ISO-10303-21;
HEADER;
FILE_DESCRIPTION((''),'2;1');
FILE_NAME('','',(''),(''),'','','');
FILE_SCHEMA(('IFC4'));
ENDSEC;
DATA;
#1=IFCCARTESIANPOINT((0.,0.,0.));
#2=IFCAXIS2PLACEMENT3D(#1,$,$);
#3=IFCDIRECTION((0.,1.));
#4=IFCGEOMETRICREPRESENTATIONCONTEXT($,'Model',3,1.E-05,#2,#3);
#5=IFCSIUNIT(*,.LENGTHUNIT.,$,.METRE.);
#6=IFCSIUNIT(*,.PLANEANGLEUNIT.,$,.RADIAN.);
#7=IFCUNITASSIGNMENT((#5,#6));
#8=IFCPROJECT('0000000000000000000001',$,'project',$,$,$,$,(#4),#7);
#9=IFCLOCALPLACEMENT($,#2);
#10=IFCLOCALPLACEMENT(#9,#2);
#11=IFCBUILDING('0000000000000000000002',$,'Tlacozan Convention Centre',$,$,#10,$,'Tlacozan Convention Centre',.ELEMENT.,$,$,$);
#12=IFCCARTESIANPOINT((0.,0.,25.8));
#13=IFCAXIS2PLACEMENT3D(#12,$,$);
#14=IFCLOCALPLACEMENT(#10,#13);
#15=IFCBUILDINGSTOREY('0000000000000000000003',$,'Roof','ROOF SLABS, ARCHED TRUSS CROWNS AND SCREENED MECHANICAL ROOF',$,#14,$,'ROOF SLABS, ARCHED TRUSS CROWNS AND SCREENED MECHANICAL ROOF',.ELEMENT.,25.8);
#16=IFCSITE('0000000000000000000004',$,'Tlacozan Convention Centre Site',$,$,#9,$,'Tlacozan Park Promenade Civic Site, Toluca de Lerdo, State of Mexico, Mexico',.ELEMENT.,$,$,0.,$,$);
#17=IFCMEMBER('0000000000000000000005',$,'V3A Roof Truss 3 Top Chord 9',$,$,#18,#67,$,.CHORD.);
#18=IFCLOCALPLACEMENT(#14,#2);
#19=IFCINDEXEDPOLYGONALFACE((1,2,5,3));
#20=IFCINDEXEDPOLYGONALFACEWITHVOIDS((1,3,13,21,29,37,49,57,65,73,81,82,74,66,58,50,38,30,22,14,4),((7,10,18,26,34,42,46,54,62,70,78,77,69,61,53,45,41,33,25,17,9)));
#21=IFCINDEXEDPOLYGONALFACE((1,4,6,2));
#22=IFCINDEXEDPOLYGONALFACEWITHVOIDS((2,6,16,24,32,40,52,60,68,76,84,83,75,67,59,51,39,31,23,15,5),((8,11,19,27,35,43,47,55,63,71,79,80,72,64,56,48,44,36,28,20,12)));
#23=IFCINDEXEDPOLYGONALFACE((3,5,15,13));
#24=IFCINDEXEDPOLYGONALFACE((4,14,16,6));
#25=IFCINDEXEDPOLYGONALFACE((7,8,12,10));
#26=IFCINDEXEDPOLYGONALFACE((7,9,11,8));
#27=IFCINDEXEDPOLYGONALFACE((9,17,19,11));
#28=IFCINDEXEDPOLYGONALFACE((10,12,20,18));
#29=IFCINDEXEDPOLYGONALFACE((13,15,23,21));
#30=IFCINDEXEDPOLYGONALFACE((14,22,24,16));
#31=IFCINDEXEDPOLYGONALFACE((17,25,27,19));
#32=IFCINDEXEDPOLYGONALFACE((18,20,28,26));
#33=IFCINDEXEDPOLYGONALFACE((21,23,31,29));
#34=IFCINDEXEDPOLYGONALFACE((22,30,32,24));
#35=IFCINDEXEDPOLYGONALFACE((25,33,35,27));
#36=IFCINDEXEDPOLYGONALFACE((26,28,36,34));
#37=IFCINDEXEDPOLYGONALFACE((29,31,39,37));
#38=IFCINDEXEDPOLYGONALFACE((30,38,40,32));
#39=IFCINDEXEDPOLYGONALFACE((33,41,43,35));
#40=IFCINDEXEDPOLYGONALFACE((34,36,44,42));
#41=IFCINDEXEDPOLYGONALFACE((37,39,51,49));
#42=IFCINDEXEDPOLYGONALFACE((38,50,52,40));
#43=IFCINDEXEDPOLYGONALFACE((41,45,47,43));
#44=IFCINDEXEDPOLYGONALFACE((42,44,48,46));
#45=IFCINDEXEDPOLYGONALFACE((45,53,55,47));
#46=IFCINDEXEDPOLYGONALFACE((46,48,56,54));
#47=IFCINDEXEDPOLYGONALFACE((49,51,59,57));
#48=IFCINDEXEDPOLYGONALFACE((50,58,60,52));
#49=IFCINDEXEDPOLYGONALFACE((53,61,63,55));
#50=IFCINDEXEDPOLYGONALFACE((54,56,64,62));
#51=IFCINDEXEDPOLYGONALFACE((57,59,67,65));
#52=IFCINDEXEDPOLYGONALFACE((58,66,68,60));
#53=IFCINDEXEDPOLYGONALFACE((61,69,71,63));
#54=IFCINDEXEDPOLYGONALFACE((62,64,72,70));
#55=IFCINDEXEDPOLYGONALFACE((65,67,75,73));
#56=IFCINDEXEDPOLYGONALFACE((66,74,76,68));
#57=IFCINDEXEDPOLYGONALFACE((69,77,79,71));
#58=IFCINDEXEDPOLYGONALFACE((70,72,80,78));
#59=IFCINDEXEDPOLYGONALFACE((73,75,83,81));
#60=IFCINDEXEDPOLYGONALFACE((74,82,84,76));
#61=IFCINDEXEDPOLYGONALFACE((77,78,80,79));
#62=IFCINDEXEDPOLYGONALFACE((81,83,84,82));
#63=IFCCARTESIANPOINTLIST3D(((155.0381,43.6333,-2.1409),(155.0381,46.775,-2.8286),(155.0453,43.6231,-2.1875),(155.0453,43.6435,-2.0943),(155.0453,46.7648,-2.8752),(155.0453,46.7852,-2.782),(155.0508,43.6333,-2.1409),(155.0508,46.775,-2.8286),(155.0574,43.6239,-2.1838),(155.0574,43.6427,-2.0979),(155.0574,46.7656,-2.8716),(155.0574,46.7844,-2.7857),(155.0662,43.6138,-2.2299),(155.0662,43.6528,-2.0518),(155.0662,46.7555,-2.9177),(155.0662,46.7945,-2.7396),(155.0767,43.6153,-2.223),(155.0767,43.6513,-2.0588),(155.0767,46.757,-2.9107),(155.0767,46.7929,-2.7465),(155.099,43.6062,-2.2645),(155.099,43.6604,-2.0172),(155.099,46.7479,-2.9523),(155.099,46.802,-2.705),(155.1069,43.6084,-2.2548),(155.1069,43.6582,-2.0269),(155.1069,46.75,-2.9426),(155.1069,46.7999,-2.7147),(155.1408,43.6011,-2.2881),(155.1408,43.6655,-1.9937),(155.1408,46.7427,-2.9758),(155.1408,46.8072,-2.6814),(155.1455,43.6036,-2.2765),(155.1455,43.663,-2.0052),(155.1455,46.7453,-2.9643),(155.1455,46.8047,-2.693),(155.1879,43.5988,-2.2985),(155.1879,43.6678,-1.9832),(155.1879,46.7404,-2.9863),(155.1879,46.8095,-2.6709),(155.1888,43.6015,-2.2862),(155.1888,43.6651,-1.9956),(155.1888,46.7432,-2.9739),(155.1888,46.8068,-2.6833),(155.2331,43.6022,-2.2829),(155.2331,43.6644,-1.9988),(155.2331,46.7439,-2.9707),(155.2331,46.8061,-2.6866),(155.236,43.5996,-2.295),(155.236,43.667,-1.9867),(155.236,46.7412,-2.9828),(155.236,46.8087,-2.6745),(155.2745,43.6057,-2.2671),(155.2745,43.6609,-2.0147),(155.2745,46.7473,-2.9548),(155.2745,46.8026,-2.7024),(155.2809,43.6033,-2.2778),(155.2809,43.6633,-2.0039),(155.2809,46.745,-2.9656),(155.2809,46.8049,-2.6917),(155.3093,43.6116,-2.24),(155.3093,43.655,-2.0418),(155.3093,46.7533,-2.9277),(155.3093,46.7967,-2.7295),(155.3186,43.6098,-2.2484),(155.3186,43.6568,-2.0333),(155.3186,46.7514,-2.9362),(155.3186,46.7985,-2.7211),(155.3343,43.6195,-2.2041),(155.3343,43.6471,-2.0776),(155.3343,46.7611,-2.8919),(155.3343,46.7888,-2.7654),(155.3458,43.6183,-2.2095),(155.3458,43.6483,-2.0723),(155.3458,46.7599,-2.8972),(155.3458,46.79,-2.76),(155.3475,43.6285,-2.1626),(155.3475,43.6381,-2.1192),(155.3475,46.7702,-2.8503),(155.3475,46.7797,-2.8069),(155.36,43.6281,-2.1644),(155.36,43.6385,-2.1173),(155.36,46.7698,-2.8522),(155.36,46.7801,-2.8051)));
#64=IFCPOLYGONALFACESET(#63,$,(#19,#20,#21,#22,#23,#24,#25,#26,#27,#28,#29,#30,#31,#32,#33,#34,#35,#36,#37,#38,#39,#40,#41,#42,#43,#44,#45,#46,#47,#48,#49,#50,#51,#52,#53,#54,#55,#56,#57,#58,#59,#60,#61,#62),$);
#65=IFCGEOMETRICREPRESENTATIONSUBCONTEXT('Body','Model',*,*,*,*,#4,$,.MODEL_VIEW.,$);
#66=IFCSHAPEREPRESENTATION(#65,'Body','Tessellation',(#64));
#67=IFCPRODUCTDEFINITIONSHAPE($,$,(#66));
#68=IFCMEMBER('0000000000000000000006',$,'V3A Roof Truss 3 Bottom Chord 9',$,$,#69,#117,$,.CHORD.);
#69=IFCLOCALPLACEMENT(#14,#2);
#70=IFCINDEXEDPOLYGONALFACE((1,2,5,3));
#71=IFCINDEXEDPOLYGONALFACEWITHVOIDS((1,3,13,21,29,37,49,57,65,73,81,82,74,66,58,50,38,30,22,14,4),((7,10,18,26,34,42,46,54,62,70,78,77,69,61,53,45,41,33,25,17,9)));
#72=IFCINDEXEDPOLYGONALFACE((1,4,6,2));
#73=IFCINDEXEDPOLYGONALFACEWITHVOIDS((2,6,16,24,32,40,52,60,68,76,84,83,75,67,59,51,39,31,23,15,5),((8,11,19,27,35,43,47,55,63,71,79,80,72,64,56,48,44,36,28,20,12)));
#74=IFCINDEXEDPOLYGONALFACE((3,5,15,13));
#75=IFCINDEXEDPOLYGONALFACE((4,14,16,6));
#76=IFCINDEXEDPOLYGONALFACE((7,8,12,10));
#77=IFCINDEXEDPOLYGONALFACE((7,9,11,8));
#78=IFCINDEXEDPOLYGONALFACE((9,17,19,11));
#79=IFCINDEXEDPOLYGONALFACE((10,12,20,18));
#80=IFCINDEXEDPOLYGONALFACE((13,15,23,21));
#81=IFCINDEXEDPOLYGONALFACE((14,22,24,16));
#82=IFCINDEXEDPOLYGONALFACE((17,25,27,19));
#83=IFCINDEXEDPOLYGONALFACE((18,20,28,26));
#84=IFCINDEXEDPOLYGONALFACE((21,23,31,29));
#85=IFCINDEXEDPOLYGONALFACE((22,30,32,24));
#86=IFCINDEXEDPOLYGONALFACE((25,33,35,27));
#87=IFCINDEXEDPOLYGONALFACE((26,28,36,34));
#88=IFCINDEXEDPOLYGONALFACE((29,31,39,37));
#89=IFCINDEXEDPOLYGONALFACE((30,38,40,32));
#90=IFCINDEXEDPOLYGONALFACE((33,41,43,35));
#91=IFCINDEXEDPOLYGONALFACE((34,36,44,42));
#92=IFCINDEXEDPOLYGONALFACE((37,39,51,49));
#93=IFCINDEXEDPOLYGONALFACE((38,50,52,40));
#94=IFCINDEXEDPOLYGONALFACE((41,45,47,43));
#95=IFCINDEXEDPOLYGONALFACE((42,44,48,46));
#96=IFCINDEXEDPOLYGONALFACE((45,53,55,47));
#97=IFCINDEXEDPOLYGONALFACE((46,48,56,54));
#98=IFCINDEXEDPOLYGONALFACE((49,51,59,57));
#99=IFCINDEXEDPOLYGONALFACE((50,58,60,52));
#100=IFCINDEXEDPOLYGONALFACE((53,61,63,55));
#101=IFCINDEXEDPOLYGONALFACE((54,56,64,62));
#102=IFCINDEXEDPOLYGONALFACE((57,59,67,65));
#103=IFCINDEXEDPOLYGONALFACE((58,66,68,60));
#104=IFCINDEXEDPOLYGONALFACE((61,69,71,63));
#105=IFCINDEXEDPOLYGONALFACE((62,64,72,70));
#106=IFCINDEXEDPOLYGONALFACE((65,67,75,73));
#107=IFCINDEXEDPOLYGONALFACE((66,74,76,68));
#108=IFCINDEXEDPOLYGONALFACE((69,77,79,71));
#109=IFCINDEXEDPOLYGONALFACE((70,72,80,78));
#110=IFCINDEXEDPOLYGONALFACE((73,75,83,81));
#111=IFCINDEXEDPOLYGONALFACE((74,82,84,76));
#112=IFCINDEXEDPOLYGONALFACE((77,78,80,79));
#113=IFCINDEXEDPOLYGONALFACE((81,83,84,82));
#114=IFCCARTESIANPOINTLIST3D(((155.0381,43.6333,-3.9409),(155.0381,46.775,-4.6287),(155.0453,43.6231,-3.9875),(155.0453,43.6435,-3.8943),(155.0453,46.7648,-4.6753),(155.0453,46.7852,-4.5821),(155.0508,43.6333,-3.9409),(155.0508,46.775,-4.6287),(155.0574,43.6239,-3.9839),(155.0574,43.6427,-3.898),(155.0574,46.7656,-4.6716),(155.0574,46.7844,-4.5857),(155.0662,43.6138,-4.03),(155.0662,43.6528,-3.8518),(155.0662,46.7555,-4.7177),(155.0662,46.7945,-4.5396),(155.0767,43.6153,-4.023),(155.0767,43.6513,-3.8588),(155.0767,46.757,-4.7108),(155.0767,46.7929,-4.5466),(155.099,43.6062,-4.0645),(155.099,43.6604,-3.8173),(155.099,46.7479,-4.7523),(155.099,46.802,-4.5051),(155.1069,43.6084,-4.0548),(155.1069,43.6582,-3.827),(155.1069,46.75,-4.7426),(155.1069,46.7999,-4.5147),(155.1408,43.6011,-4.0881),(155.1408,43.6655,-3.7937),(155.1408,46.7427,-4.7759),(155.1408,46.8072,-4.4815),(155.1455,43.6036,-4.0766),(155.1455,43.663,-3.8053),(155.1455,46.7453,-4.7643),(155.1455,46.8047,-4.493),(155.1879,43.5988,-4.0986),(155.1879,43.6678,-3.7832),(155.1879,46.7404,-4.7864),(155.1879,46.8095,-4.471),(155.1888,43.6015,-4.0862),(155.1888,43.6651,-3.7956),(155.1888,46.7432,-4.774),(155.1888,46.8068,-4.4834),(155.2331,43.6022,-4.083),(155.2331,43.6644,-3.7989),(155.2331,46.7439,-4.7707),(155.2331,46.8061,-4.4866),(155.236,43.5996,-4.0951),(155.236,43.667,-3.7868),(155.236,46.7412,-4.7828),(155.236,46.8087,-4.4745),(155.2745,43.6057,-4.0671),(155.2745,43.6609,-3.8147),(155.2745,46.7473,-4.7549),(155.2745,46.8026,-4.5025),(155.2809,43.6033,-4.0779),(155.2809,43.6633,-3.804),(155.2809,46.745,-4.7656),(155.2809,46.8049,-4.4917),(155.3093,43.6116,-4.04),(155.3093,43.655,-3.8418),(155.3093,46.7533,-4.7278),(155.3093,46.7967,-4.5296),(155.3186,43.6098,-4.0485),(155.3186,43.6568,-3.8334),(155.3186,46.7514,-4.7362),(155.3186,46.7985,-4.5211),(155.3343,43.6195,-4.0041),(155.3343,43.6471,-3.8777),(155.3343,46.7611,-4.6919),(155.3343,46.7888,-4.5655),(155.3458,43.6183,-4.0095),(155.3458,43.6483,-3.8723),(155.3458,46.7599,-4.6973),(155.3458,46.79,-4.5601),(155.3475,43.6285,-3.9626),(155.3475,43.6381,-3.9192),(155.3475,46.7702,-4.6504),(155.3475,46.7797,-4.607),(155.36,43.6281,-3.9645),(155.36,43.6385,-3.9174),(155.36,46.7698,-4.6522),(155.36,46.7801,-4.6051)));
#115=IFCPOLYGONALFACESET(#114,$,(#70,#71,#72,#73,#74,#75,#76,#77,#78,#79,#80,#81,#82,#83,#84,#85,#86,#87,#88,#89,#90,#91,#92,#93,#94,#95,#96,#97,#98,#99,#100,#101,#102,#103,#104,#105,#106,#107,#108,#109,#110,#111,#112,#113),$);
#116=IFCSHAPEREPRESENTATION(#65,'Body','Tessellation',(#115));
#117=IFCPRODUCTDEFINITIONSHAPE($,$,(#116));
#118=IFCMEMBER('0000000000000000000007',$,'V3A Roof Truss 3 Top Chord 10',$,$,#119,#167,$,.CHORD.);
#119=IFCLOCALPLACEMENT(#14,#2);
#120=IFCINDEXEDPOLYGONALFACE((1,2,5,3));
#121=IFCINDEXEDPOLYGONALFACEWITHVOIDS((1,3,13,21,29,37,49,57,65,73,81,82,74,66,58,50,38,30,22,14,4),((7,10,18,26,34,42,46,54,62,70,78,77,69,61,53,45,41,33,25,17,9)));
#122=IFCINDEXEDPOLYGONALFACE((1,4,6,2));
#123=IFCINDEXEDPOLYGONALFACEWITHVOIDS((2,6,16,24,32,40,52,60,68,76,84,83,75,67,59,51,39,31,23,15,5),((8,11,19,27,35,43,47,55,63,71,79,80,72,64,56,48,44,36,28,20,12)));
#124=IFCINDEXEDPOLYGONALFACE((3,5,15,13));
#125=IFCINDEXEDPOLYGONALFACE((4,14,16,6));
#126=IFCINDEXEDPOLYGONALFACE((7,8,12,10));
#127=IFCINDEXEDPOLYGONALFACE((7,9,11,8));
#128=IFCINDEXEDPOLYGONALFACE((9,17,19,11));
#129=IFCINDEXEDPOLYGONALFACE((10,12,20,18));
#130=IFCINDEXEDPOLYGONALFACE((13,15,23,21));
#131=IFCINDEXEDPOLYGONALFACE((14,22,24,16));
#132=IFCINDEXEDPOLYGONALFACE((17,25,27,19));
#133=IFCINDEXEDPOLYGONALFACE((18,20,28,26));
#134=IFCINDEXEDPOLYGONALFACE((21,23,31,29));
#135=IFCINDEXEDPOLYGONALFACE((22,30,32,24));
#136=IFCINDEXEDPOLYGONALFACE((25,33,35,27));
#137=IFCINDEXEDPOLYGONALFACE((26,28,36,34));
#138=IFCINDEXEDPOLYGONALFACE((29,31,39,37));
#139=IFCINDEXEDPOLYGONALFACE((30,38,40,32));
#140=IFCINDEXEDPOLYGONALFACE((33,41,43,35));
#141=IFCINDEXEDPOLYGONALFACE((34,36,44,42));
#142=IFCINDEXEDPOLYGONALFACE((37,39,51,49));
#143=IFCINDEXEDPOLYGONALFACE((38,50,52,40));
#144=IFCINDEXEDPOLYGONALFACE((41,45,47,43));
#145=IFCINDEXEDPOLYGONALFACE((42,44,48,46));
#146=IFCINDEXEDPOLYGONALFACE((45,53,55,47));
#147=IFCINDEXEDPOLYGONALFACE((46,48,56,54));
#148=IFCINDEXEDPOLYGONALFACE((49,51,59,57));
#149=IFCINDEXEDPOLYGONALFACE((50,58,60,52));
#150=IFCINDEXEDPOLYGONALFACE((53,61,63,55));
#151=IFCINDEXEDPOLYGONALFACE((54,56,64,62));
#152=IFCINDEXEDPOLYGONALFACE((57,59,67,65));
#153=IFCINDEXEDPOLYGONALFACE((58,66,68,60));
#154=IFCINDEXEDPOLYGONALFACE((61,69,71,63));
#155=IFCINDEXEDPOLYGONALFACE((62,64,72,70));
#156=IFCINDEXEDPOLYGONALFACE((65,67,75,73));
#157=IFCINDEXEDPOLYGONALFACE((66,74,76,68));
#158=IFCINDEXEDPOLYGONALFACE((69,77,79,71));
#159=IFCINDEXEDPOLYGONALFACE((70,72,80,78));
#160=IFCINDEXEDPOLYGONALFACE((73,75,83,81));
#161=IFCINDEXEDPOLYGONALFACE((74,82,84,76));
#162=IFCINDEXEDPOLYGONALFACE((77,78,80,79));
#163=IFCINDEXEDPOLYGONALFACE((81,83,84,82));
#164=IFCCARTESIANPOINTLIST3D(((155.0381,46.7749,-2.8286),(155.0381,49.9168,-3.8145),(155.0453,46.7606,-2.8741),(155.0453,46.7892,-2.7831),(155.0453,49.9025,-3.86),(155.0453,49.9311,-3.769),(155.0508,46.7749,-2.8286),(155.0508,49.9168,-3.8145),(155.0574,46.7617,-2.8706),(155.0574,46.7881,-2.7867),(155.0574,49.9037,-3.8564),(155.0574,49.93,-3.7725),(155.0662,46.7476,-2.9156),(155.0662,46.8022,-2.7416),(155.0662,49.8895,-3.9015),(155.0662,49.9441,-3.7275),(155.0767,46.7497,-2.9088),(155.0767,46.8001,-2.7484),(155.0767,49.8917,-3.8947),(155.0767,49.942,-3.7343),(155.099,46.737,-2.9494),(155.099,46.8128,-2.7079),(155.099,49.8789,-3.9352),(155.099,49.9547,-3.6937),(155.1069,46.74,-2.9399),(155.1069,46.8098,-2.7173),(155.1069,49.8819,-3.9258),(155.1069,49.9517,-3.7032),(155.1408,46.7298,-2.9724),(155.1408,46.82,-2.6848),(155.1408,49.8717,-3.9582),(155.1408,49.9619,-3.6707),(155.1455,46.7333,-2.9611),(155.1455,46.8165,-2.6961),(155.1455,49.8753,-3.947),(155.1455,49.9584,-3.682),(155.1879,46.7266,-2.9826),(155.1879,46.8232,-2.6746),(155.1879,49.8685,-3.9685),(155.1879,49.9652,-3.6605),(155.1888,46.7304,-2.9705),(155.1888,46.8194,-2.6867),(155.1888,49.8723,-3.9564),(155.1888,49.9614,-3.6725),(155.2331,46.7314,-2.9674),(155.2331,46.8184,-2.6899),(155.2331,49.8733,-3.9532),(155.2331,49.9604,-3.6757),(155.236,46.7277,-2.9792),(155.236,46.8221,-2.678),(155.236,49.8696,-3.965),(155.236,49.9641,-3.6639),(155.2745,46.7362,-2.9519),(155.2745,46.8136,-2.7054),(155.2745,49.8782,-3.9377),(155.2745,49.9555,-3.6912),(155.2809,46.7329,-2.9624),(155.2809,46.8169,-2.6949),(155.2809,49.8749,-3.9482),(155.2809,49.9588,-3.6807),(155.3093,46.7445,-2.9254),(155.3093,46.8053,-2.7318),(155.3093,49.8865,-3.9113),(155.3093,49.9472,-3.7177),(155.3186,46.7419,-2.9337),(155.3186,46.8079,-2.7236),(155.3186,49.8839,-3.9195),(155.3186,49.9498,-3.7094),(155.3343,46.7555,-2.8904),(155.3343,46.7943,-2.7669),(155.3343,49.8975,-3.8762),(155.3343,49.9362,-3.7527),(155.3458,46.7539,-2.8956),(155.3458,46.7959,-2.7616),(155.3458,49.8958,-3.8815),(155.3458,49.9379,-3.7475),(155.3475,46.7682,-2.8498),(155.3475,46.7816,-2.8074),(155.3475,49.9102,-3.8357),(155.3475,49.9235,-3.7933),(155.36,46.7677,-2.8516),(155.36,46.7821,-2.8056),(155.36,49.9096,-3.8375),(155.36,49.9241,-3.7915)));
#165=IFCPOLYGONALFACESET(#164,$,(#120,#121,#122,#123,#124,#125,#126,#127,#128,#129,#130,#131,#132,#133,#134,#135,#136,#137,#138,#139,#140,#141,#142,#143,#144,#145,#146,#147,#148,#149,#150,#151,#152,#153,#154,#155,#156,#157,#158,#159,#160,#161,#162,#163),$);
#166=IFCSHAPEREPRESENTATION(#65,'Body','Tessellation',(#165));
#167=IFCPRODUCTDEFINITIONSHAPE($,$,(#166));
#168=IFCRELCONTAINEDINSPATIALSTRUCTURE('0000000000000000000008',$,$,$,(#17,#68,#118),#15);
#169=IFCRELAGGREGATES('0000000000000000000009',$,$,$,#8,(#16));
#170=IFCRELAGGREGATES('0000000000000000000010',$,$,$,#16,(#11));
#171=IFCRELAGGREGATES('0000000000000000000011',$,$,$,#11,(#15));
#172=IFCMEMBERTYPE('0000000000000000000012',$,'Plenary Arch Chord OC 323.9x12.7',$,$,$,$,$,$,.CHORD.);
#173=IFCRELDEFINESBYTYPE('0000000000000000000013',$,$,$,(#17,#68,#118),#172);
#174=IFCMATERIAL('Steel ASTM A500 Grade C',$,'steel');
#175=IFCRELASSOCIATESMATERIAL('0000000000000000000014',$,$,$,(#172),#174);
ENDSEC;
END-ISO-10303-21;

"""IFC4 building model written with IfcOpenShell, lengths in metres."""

from ifc_helpers import new_model, si_unit, direction, frame, origin, origin_2d, place, context, subcontext, project, spatial, hollow_circle, extrude, material, material_profile, profile_set, type_object, element, save


model = new_model("IFC4")

# Units and contexts
model_context = context("Model", 3, precision=1e-05, world=origin(), true_north=direction((0.0, 1.0)))
body_context = subcontext(model_context, "Body", "Model", "MODEL_VIEW")
ifc_project = project(units=[si_unit("LENGTHUNIT", "METRE"), si_unit("PLANEANGLEUNIT", "RADIAN")], contexts=[model_context])

# Site, building, storey
site_placement = place(None, origin())
site = spatial("IfcSite", under=ifc_project, at=site_placement, Name="Tlacozan Convention Centre Site", LongName="Tlacozan Park Promenade Civic Site, Toluca de Lerdo, State of Mexico, Mexico", CompositionType="ELEMENT", RefElevation=0.0)
building_placement = place(site_placement, origin())
building = spatial("IfcBuilding", under=site, at=building_placement, Name="Tlacozan Convention Centre", LongName="Tlacozan Convention Centre", CompositionType="ELEMENT")
storey_placement = place(building_placement, frame((0.0, 0.0, 25.8)))
storey = spatial("IfcBuildingStorey", under=building, at=storey_placement, Name="Roof", Description="ROOF SLABS, ARCHED TRUSS CROWNS AND SCREENED MECHANICAL ROOF", LongName="ROOF SLABS, ARCHED TRUSS CROWNS AND SCREENED MECHANICAL ROOF", CompositionType="ELEMENT", Elevation=25.8)

# Members
ifc_material_1 = material(Name="Steel ASTM A500 Grade C", Category="steel")
ifc_material_profile_1 = material_profile(ifc_material_1, hollow_circle(Radius=0.1619, WallThickness=0.0127, at=origin_2d()), Name="OC 323.9x12.7")
ifc_profile_set_1 = profile_set([ifc_material_profile_1], Name="Steel ASTM A500 Grade C")
member_type_1 = type_object("IfcMemberType", Name="Plenary Arch Chord OC 323.9x12.7", PredefinedType="CHORD", material=ifc_profile_set_1)
for number, where, z_axis, x_axis, name in (
    (1, (155.2, 43.6333, -2.1409), (0.0, 0.976866, -0.213851), (-1.0, 0.0, 0.0), "V3A Roof Truss 3 Top Chord 9"),
    (2, (155.2, 43.6333, -3.9409), (0.0, 0.976866, -0.213851), (-1.0, 0.0, 0.0), "V3A Roof Truss 3 Bottom Chord 9"),
):
    element("IfcMember", number, at=place(storey_placement, frame(where, z_axis=z_axis, x_axis=x_axis)), inside=storey, type_object=member_type_1, Name=name, PredefinedType="CHORD", context=body_context, shape_type="SweptSolid", body=[
        extrude(hollow_circle(Radius=0.1619, WallThickness=0.0127, at=origin_2d()), origin(), (0.0, 0.0, 1.0), 3.2161),
    ])
for number, where, z_axis, x_axis, name in (
    (3, (155.2, 46.7749, -2.8286), (0.0, 0.954132, -0.299385), (-1.0, 0.0, 0.0), "V3A Roof Truss 3 Top Chord 10"),
):
    element("IfcMember", number, at=place(storey_placement, frame(where, z_axis=z_axis, x_axis=x_axis)), inside=storey, type_object=member_type_1, Name=name, PredefinedType="CHORD", context=body_context, shape_type="SweptSolid", body=[
        extrude(hollow_circle(Radius=0.1619, WallThickness=0.0127, at=origin_2d()), origin(), (0.0, 0.0, 1.0), 3.293),
    ])

save(model, "model.ifc")
